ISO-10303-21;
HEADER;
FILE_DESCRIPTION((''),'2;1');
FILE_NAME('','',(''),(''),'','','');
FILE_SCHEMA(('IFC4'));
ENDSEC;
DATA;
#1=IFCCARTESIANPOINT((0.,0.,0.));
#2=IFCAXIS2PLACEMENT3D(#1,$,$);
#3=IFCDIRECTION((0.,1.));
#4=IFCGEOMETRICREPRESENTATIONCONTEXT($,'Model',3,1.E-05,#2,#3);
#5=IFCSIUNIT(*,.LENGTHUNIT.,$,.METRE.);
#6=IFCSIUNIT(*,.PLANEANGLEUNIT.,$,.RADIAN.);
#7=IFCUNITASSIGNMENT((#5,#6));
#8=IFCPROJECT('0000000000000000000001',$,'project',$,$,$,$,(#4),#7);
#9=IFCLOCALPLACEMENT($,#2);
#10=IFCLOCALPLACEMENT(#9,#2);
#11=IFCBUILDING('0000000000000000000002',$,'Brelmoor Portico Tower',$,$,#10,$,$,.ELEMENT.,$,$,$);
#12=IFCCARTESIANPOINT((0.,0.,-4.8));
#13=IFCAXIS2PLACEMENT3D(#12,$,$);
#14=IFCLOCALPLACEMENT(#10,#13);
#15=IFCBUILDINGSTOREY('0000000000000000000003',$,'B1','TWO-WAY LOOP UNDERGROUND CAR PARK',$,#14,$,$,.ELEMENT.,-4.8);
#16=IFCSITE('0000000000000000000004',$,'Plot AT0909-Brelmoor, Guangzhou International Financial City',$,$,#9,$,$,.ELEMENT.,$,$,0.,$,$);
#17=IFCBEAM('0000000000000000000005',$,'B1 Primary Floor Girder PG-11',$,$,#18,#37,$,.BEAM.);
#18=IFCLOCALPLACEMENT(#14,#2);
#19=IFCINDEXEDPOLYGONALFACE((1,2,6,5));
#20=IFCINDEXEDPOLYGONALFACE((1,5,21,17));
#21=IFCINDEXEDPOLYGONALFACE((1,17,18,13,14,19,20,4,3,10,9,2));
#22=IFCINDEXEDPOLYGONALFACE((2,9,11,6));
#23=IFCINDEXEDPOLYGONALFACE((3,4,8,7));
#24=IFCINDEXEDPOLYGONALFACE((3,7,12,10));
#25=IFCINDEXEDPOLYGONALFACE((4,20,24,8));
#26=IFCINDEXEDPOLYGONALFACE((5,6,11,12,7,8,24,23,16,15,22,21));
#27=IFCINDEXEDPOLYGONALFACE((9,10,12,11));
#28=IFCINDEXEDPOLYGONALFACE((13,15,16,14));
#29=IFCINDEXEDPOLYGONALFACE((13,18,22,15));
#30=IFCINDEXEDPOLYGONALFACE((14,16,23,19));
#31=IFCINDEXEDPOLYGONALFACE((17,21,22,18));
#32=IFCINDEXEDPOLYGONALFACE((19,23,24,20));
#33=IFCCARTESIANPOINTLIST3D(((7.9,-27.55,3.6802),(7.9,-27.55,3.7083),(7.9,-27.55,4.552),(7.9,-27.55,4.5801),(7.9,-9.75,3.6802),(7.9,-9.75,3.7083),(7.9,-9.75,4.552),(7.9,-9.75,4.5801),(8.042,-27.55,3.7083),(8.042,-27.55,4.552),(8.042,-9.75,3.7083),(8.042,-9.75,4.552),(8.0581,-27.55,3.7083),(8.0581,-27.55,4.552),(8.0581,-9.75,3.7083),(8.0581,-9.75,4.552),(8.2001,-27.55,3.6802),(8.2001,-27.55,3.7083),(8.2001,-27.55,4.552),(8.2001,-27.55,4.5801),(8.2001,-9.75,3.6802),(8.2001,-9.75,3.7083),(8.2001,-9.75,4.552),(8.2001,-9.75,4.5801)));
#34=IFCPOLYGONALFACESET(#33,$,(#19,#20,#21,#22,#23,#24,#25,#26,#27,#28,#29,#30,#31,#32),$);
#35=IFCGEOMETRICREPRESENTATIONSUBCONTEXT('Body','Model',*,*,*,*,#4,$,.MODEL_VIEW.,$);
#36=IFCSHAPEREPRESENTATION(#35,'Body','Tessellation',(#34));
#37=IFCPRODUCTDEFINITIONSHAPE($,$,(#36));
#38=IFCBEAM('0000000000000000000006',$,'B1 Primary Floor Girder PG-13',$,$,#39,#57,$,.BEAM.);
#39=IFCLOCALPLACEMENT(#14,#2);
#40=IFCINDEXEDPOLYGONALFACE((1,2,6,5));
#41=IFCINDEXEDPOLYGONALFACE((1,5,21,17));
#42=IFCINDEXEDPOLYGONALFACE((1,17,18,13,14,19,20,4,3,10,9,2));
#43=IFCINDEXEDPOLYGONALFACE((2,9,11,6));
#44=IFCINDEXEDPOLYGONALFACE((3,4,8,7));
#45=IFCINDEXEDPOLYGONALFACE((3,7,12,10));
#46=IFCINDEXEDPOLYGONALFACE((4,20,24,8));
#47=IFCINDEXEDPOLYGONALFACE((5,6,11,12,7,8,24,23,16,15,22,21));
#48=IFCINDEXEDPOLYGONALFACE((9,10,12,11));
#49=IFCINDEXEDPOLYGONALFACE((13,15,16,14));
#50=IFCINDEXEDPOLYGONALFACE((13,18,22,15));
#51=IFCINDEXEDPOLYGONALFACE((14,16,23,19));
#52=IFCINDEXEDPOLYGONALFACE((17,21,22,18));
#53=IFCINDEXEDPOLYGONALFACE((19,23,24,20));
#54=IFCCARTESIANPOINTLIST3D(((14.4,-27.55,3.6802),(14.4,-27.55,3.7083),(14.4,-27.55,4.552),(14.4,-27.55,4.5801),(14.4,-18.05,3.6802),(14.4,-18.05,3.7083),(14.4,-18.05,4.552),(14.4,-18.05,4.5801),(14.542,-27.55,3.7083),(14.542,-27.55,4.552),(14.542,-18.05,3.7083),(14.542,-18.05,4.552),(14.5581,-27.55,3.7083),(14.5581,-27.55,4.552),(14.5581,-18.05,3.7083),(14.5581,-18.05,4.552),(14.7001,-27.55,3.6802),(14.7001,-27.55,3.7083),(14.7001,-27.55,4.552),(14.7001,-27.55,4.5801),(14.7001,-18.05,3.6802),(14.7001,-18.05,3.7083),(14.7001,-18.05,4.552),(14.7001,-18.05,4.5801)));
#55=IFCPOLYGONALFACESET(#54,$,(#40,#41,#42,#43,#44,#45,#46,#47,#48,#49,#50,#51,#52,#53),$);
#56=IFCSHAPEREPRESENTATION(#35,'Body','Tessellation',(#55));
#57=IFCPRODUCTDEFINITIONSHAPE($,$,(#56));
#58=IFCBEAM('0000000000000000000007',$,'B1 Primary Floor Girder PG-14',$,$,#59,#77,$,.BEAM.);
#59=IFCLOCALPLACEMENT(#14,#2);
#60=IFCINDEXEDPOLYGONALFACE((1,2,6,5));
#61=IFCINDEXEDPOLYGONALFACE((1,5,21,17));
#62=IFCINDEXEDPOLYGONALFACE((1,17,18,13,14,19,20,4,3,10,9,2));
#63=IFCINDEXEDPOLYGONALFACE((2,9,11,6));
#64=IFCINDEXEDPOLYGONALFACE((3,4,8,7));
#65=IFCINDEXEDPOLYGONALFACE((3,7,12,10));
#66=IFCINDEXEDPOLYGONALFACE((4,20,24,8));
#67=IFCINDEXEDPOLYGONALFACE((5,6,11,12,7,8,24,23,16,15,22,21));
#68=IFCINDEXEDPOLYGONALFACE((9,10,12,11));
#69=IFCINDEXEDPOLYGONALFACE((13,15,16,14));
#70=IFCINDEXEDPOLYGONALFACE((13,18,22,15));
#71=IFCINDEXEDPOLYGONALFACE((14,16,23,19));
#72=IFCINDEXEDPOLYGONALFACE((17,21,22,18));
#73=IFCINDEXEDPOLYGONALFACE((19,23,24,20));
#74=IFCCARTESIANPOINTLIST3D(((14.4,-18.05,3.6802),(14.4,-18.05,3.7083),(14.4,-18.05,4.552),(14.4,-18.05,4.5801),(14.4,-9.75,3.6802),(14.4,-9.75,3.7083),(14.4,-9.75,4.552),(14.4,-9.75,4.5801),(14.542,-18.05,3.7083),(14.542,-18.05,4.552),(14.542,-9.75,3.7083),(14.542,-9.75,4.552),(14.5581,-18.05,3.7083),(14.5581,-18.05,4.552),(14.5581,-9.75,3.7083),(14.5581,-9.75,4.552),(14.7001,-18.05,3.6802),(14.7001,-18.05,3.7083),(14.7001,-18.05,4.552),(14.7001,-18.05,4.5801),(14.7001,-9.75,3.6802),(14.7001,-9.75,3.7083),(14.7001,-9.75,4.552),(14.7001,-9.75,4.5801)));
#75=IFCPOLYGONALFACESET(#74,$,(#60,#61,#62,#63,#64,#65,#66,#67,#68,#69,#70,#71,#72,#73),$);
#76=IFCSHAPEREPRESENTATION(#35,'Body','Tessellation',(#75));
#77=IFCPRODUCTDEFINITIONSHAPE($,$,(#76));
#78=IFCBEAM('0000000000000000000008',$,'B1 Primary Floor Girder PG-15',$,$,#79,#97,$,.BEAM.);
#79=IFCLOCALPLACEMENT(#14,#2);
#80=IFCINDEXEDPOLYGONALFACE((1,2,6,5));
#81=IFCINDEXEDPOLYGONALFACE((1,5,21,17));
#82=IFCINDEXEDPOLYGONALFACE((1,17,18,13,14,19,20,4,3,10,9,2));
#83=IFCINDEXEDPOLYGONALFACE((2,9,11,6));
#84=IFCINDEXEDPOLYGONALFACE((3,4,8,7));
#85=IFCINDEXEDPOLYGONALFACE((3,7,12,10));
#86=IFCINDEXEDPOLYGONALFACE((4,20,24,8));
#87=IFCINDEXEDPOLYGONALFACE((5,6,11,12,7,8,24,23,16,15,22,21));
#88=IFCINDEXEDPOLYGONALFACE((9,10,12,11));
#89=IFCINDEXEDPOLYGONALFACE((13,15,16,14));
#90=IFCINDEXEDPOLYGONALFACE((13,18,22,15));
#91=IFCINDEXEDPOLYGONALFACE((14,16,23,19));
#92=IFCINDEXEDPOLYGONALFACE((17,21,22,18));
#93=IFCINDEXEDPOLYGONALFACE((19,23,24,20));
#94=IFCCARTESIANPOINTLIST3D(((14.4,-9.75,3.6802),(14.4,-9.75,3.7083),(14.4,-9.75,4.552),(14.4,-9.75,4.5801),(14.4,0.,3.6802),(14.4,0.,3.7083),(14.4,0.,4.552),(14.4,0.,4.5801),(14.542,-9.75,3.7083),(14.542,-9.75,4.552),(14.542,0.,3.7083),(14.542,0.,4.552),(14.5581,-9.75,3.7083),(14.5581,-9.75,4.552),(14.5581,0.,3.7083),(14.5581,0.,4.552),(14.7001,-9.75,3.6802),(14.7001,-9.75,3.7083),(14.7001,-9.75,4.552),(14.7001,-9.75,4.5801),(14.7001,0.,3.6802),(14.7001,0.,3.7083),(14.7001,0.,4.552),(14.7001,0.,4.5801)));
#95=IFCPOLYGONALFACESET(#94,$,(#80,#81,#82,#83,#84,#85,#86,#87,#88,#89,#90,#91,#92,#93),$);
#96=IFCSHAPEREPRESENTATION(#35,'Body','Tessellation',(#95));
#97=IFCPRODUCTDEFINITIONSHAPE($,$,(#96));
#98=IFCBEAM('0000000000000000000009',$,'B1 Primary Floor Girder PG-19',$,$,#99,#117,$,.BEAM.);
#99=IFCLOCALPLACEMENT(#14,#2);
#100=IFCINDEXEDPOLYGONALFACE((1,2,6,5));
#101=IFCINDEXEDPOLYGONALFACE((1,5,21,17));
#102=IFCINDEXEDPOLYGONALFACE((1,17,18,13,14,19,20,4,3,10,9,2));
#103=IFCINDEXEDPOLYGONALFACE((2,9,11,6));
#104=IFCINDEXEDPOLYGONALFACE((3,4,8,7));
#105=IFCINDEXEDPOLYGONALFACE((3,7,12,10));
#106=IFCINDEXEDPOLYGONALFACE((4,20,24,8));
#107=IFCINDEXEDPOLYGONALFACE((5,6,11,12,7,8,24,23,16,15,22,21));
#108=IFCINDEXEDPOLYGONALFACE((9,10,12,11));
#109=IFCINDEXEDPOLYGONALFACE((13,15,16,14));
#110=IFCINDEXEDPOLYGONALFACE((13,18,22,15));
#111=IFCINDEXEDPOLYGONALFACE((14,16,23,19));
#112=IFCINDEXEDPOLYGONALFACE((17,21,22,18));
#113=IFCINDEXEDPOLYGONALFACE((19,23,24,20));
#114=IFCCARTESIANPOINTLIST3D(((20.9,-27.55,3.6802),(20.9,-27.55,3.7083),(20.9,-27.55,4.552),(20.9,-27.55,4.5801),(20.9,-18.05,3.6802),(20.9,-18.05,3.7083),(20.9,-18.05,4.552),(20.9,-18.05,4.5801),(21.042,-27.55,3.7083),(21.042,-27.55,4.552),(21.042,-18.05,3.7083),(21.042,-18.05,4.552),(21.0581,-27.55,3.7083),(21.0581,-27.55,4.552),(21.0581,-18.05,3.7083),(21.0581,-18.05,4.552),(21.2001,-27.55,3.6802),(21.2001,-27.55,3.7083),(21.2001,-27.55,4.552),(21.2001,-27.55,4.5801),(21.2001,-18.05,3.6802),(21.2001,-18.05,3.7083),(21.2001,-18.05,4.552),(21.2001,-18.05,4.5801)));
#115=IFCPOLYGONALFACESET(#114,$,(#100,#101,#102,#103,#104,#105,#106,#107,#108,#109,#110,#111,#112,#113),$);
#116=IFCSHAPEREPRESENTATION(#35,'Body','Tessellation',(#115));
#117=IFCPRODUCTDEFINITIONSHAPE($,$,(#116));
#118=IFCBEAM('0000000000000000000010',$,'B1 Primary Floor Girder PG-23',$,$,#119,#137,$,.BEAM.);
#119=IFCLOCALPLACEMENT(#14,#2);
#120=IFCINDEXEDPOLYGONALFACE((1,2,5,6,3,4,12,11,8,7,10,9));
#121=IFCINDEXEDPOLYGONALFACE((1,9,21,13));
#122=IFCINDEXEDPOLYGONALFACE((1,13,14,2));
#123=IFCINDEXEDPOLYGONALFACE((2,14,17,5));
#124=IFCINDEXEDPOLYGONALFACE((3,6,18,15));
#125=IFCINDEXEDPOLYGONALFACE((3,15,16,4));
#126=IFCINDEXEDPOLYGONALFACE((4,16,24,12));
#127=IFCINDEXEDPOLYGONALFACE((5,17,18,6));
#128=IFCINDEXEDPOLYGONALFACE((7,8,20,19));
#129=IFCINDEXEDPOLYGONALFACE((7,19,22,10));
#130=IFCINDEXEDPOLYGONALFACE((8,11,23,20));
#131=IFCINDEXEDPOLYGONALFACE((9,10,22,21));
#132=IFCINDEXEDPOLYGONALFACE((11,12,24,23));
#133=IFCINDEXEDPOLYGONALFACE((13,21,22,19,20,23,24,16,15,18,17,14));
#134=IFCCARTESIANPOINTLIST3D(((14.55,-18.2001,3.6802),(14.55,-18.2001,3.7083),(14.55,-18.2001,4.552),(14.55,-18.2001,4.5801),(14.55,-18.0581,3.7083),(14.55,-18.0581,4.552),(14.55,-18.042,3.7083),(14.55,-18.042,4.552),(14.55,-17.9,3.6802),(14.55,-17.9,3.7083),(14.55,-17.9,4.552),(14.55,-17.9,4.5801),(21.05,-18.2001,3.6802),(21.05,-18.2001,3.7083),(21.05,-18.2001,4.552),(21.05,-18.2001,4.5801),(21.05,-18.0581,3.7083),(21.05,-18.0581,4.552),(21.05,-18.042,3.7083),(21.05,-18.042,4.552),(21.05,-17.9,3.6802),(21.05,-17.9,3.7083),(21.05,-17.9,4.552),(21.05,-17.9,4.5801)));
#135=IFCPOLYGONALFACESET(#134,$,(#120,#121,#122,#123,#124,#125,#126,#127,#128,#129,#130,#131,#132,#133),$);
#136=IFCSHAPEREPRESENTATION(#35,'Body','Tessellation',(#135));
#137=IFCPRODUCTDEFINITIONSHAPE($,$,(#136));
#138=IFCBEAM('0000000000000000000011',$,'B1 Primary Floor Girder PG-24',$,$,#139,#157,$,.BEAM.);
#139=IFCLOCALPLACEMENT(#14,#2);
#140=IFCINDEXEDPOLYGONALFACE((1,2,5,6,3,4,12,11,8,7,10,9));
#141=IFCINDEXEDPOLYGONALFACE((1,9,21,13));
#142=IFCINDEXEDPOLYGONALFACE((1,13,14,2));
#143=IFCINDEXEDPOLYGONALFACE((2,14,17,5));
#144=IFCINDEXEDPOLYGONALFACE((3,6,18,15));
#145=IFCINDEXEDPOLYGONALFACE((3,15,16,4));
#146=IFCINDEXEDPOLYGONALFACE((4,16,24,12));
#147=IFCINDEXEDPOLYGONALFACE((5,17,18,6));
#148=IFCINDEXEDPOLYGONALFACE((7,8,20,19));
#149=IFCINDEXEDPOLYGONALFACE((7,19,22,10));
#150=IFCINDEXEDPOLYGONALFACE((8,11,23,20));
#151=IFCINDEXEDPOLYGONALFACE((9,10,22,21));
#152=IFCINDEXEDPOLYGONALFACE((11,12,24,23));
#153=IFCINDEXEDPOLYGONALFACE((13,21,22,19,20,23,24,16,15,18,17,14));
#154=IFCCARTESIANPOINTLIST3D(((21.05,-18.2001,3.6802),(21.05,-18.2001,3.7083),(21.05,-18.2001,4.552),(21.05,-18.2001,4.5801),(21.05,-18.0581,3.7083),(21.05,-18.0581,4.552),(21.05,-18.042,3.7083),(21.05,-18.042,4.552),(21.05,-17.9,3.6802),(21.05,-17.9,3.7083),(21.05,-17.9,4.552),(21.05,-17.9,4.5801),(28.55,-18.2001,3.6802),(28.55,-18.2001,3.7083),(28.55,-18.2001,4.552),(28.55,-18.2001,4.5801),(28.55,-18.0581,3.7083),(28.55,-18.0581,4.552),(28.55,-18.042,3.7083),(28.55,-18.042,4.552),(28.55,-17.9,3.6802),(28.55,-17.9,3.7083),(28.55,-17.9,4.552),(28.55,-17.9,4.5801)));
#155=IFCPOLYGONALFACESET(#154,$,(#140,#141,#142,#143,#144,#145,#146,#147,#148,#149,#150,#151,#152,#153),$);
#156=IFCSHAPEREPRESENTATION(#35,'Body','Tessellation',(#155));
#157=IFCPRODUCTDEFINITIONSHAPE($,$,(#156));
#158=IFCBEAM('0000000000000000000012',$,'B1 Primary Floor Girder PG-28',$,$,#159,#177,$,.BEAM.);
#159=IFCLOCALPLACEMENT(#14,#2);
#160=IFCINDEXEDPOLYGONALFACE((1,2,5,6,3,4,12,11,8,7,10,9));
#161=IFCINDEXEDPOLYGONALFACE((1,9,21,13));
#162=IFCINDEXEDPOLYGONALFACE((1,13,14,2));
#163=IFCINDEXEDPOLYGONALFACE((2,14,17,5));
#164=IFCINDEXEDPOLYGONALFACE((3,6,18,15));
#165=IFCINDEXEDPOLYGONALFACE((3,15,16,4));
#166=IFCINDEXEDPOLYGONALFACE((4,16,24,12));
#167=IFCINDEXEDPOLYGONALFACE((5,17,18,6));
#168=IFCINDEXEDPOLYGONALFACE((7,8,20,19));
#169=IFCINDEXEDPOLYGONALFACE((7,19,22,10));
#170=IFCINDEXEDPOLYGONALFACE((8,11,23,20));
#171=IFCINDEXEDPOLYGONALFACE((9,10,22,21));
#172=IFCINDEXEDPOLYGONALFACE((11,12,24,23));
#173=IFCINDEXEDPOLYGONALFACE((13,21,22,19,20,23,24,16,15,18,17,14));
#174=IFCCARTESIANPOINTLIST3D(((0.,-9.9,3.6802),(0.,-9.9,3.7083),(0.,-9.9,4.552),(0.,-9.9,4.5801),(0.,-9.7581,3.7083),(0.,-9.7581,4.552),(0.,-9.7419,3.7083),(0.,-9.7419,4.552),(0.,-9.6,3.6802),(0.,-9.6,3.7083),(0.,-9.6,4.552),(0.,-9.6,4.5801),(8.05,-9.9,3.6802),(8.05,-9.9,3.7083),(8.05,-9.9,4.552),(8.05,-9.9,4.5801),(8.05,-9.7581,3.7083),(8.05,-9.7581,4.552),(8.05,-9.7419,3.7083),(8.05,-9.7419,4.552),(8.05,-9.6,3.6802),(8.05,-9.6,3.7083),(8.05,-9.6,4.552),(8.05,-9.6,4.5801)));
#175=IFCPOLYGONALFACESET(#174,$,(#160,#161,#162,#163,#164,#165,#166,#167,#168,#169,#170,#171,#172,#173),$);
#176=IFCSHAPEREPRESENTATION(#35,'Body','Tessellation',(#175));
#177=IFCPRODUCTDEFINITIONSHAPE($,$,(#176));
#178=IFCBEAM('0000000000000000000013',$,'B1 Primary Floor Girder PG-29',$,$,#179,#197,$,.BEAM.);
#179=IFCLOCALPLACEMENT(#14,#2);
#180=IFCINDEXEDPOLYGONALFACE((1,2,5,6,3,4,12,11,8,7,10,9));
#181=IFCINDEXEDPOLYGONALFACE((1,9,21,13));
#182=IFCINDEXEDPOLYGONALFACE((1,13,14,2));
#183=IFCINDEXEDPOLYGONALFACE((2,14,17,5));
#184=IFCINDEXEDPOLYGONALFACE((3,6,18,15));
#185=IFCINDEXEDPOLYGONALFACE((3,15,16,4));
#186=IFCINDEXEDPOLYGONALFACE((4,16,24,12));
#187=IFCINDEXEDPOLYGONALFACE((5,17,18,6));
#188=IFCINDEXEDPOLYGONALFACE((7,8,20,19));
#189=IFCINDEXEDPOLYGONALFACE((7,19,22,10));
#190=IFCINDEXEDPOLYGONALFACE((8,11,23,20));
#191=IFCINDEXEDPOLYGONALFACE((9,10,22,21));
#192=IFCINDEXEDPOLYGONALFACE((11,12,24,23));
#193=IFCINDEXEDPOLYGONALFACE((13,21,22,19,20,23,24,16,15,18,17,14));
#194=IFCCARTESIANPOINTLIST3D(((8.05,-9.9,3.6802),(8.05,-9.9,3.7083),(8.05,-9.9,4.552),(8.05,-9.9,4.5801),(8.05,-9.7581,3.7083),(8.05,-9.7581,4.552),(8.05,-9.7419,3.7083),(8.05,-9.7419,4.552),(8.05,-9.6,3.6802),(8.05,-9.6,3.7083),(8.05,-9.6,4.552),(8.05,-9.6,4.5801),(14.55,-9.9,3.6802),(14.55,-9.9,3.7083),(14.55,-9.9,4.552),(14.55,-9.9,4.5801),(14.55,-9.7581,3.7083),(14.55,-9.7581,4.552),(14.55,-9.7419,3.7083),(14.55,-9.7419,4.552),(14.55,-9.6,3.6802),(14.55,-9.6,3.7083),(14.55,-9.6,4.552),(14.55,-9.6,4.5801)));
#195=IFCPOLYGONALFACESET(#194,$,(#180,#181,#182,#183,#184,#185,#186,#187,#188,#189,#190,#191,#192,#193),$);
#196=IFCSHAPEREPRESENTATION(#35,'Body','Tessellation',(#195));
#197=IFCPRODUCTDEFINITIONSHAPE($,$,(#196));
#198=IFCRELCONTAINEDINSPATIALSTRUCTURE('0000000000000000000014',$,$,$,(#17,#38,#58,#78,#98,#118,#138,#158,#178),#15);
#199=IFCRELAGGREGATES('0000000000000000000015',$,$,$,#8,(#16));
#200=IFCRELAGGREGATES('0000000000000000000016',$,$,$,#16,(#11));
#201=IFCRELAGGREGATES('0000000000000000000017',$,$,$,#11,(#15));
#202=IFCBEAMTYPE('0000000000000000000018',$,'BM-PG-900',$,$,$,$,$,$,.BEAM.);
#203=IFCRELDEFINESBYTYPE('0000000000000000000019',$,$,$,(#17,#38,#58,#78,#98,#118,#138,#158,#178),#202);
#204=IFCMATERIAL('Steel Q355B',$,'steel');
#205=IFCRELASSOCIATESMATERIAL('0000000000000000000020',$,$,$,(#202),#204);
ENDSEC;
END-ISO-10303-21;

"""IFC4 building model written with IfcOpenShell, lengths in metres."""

from ifc_helpers import new_model, si_unit, direction, frame, origin, origin_2d, place, context, subcontext, project, spatial, i_section, extrude, material, material_profile, profile_set, type_object, element, save


model = new_model("IFC4")

# Units and contexts
model_context = context("Model", 3, precision=1e-05, world=origin(), true_north=direction((0.0, 1.0)))
body_context = subcontext(model_context, "Body", "Model", "MODEL_VIEW")
ifc_project = project(units=[si_unit("LENGTHUNIT", "METRE"), si_unit("PLANEANGLEUNIT", "RADIAN")], contexts=[model_context])

# Site, building, storey
site_placement = place(None, origin())
site = spatial("IfcSite", under=ifc_project, at=site_placement, Name="Plot AT0909-Brelmoor, Guangzhou International Financial City", CompositionType="ELEMENT", RefElevation=0.0)
building_placement = place(site_placement, origin())
building = spatial("IfcBuilding", under=site, at=building_placement, Name="Brelmoor Portico Tower", CompositionType="ELEMENT")
storey_placement = place(building_placement, frame((0.0, 0.0, -4.8)))
storey = spatial("IfcBuildingStorey", under=building, at=storey_placement, Name="B1", Description="TWO-WAY LOOP UNDERGROUND CAR PARK", CompositionType="ELEMENT", Elevation=-4.8)

# Shared definitions
ifc_material_1 = material(Name="Steel Q355B", Category="steel")

# Beams
ifc_material_profile_1 = material_profile(ifc_material_1, i_section(OverallWidth=0.3, OverallDepth=0.8999, WebThickness=0.0161, FlangeThickness=0.0281, at=origin_2d()), Name="HN 900x300x16x28")
ifc_profile_set_1 = profile_set([ifc_material_profile_1], Name="Steel Q355B")
beam_type_1 = type_object("IfcBeamType", Name="BM-PG-900", PredefinedType="BEAM", material=ifc_profile_set_1)
beam_1_placement = place(storey_placement, frame((8.05, -27.55, 4.1301), z_axis=(0.0, 1.0, 0.0), x_axis=(-1.0, 0.0, 0.0)))
element("IfcBeam", 1, at=beam_1_placement, inside=storey, type_object=beam_type_1, Name="B1 Primary Floor Girder PG-11", PredefinedType="BEAM", context=body_context, shape_type="SweptSolid", body=[
    extrude(i_section(OverallWidth=0.3, OverallDepth=0.8999, WebThickness=0.0161, FlangeThickness=0.0281, at=origin_2d()), origin(), (0.0, 0.0, 1.0), 17.8),
])
beam_2_placement = place(storey_placement, frame((14.55, -27.55, 4.1301), z_axis=(0.0, 1.0, 0.0), x_axis=(-1.0, 0.0, 0.0)))
element("IfcBeam", 2, at=beam_2_placement, inside=storey, type_object=beam_type_1, Name="B1 Primary Floor Girder PG-13", PredefinedType="BEAM", context=body_context, shape_type="SweptSolid", body=[
    extrude(i_section(OverallWidth=0.3, OverallDepth=0.8999, WebThickness=0.0161, FlangeThickness=0.0281, at=origin_2d()), origin(), (0.0, 0.0, 1.0), 9.5),
])
beam_3_placement = place(storey_placement, frame((14.55, -18.05, 4.1301), z_axis=(0.0, 1.0, 0.0), x_axis=(-1.0, 0.0, 0.0)))
element("IfcBeam", 3, at=beam_3_placement, inside=storey, type_object=beam_type_1, Name="B1 Primary Floor Girder PG-14", PredefinedType="BEAM", context=body_context, shape_type="SweptSolid", body=[
    extrude(i_section(OverallWidth=0.3, OverallDepth=0.8999, WebThickness=0.0161, FlangeThickness=0.0281, at=origin_2d()), origin(), (0.0, 0.0, 1.0), 8.3),
])
beam_4_placement = place(storey_placement, frame((14.55, -9.75, 4.1301), z_axis=(0.0, 1.0, 0.0), x_axis=(-1.0, 0.0, 0.0)))
element("IfcBeam", 4, at=beam_4_placement, inside=storey, type_object=beam_type_1, Name="B1 Primary Floor Girder PG-15", PredefinedType="BEAM", context=body_context, shape_type="SweptSolid", body=[
    extrude(i_section(OverallWidth=0.3, OverallDepth=0.8999, WebThickness=0.0161, FlangeThickness=0.0281, at=origin_2d()), origin(), (0.0, 0.0, 1.0), 9.75),
])
beam_5_placement = place(storey_placement, frame((21.05, -27.55, 4.1301), z_axis=(0.0, 1.0, 0.0), x_axis=(-1.0, 0.0, 0.0)))
element("IfcBeam", 5, at=beam_5_placement, inside=storey, type_object=beam_type_1, Name="B1 Primary Floor Girder PG-19", PredefinedType="BEAM", context=body_context, shape_type="SweptSolid", body=[
    extrude(i_section(OverallWidth=0.3, OverallDepth=0.8999, WebThickness=0.0161, FlangeThickness=0.0281, at=origin_2d()), origin(), (0.0, 0.0, 1.0), 9.5),
])
beam_6_placement = place(storey_placement, frame((14.55, -18.05, 4.1301), z_axis=(1.0, 0.0, 0.0), x_axis=(0.0, 1.0, 0.0)))
element("IfcBeam", 6, at=beam_6_placement, inside=storey, type_object=beam_type_1, Name="B1 Primary Floor Girder PG-23", PredefinedType="BEAM", context=body_context, shape_type="SweptSolid", body=[
    extrude(i_section(OverallWidth=0.3, OverallDepth=0.8999, WebThickness=0.0161, FlangeThickness=0.0281, at=origin_2d()), origin(), (0.0, 0.0, 1.0), 6.5),
])
beam_7_placement = place(storey_placement, frame((21.05, -18.05, 4.1301), z_axis=(1.0, 0.0, 0.0), x_axis=(0.0, 1.0, 0.0)))
element("IfcBeam", 7, at=beam_7_placement, inside=storey, type_object=beam_type_1, Name="B1 Primary Floor Girder PG-24", PredefinedType="BEAM", context=body_context, shape_type="SweptSolid", body=[
    extrude(i_section(OverallWidth=0.3, OverallDepth=0.8999, WebThickness=0.0161, FlangeThickness=0.0281, at=origin_2d()), origin(), (0.0, 0.0, 1.0), 7.5),
])
beam_8_placement = place(storey_placement, frame((0.0, -9.75, 4.1301), z_axis=(1.0, 0.0, 0.0), x_axis=(0.0, 1.0, 0.0)))
element("IfcBeam", 8, at=beam_8_placement, inside=storey, type_object=beam_type_1, Name="B1 Primary Floor Girder PG-28", PredefinedType="BEAM", context=body_context, shape_type="SweptSolid", body=[
    extrude(i_section(OverallWidth=0.3, OverallDepth=0.8999, WebThickness=0.0161, FlangeThickness=0.0281, at=origin_2d()), origin(), (0.0, 0.0, 1.0), 8.05),
])
beam_9_placement = place(storey_placement, frame((8.05, -9.75, 4.1301), z_axis=(1.0, 0.0, 0.0), x_axis=(0.0, 1.0, 0.0)))
element("IfcBeam", 9, at=beam_9_placement, inside=storey, type_object=beam_type_1, Name="B1 Primary Floor Girder PG-29", PredefinedType="BEAM", context=body_context, shape_type="SweptSolid", body=[
    extrude(i_section(OverallWidth=0.3, OverallDepth=0.8999, WebThickness=0.0161, FlangeThickness=0.0281, at=origin_2d()), origin(), (0.0, 0.0, 1.0), 6.5),
])

save(model, "model.ifc")
